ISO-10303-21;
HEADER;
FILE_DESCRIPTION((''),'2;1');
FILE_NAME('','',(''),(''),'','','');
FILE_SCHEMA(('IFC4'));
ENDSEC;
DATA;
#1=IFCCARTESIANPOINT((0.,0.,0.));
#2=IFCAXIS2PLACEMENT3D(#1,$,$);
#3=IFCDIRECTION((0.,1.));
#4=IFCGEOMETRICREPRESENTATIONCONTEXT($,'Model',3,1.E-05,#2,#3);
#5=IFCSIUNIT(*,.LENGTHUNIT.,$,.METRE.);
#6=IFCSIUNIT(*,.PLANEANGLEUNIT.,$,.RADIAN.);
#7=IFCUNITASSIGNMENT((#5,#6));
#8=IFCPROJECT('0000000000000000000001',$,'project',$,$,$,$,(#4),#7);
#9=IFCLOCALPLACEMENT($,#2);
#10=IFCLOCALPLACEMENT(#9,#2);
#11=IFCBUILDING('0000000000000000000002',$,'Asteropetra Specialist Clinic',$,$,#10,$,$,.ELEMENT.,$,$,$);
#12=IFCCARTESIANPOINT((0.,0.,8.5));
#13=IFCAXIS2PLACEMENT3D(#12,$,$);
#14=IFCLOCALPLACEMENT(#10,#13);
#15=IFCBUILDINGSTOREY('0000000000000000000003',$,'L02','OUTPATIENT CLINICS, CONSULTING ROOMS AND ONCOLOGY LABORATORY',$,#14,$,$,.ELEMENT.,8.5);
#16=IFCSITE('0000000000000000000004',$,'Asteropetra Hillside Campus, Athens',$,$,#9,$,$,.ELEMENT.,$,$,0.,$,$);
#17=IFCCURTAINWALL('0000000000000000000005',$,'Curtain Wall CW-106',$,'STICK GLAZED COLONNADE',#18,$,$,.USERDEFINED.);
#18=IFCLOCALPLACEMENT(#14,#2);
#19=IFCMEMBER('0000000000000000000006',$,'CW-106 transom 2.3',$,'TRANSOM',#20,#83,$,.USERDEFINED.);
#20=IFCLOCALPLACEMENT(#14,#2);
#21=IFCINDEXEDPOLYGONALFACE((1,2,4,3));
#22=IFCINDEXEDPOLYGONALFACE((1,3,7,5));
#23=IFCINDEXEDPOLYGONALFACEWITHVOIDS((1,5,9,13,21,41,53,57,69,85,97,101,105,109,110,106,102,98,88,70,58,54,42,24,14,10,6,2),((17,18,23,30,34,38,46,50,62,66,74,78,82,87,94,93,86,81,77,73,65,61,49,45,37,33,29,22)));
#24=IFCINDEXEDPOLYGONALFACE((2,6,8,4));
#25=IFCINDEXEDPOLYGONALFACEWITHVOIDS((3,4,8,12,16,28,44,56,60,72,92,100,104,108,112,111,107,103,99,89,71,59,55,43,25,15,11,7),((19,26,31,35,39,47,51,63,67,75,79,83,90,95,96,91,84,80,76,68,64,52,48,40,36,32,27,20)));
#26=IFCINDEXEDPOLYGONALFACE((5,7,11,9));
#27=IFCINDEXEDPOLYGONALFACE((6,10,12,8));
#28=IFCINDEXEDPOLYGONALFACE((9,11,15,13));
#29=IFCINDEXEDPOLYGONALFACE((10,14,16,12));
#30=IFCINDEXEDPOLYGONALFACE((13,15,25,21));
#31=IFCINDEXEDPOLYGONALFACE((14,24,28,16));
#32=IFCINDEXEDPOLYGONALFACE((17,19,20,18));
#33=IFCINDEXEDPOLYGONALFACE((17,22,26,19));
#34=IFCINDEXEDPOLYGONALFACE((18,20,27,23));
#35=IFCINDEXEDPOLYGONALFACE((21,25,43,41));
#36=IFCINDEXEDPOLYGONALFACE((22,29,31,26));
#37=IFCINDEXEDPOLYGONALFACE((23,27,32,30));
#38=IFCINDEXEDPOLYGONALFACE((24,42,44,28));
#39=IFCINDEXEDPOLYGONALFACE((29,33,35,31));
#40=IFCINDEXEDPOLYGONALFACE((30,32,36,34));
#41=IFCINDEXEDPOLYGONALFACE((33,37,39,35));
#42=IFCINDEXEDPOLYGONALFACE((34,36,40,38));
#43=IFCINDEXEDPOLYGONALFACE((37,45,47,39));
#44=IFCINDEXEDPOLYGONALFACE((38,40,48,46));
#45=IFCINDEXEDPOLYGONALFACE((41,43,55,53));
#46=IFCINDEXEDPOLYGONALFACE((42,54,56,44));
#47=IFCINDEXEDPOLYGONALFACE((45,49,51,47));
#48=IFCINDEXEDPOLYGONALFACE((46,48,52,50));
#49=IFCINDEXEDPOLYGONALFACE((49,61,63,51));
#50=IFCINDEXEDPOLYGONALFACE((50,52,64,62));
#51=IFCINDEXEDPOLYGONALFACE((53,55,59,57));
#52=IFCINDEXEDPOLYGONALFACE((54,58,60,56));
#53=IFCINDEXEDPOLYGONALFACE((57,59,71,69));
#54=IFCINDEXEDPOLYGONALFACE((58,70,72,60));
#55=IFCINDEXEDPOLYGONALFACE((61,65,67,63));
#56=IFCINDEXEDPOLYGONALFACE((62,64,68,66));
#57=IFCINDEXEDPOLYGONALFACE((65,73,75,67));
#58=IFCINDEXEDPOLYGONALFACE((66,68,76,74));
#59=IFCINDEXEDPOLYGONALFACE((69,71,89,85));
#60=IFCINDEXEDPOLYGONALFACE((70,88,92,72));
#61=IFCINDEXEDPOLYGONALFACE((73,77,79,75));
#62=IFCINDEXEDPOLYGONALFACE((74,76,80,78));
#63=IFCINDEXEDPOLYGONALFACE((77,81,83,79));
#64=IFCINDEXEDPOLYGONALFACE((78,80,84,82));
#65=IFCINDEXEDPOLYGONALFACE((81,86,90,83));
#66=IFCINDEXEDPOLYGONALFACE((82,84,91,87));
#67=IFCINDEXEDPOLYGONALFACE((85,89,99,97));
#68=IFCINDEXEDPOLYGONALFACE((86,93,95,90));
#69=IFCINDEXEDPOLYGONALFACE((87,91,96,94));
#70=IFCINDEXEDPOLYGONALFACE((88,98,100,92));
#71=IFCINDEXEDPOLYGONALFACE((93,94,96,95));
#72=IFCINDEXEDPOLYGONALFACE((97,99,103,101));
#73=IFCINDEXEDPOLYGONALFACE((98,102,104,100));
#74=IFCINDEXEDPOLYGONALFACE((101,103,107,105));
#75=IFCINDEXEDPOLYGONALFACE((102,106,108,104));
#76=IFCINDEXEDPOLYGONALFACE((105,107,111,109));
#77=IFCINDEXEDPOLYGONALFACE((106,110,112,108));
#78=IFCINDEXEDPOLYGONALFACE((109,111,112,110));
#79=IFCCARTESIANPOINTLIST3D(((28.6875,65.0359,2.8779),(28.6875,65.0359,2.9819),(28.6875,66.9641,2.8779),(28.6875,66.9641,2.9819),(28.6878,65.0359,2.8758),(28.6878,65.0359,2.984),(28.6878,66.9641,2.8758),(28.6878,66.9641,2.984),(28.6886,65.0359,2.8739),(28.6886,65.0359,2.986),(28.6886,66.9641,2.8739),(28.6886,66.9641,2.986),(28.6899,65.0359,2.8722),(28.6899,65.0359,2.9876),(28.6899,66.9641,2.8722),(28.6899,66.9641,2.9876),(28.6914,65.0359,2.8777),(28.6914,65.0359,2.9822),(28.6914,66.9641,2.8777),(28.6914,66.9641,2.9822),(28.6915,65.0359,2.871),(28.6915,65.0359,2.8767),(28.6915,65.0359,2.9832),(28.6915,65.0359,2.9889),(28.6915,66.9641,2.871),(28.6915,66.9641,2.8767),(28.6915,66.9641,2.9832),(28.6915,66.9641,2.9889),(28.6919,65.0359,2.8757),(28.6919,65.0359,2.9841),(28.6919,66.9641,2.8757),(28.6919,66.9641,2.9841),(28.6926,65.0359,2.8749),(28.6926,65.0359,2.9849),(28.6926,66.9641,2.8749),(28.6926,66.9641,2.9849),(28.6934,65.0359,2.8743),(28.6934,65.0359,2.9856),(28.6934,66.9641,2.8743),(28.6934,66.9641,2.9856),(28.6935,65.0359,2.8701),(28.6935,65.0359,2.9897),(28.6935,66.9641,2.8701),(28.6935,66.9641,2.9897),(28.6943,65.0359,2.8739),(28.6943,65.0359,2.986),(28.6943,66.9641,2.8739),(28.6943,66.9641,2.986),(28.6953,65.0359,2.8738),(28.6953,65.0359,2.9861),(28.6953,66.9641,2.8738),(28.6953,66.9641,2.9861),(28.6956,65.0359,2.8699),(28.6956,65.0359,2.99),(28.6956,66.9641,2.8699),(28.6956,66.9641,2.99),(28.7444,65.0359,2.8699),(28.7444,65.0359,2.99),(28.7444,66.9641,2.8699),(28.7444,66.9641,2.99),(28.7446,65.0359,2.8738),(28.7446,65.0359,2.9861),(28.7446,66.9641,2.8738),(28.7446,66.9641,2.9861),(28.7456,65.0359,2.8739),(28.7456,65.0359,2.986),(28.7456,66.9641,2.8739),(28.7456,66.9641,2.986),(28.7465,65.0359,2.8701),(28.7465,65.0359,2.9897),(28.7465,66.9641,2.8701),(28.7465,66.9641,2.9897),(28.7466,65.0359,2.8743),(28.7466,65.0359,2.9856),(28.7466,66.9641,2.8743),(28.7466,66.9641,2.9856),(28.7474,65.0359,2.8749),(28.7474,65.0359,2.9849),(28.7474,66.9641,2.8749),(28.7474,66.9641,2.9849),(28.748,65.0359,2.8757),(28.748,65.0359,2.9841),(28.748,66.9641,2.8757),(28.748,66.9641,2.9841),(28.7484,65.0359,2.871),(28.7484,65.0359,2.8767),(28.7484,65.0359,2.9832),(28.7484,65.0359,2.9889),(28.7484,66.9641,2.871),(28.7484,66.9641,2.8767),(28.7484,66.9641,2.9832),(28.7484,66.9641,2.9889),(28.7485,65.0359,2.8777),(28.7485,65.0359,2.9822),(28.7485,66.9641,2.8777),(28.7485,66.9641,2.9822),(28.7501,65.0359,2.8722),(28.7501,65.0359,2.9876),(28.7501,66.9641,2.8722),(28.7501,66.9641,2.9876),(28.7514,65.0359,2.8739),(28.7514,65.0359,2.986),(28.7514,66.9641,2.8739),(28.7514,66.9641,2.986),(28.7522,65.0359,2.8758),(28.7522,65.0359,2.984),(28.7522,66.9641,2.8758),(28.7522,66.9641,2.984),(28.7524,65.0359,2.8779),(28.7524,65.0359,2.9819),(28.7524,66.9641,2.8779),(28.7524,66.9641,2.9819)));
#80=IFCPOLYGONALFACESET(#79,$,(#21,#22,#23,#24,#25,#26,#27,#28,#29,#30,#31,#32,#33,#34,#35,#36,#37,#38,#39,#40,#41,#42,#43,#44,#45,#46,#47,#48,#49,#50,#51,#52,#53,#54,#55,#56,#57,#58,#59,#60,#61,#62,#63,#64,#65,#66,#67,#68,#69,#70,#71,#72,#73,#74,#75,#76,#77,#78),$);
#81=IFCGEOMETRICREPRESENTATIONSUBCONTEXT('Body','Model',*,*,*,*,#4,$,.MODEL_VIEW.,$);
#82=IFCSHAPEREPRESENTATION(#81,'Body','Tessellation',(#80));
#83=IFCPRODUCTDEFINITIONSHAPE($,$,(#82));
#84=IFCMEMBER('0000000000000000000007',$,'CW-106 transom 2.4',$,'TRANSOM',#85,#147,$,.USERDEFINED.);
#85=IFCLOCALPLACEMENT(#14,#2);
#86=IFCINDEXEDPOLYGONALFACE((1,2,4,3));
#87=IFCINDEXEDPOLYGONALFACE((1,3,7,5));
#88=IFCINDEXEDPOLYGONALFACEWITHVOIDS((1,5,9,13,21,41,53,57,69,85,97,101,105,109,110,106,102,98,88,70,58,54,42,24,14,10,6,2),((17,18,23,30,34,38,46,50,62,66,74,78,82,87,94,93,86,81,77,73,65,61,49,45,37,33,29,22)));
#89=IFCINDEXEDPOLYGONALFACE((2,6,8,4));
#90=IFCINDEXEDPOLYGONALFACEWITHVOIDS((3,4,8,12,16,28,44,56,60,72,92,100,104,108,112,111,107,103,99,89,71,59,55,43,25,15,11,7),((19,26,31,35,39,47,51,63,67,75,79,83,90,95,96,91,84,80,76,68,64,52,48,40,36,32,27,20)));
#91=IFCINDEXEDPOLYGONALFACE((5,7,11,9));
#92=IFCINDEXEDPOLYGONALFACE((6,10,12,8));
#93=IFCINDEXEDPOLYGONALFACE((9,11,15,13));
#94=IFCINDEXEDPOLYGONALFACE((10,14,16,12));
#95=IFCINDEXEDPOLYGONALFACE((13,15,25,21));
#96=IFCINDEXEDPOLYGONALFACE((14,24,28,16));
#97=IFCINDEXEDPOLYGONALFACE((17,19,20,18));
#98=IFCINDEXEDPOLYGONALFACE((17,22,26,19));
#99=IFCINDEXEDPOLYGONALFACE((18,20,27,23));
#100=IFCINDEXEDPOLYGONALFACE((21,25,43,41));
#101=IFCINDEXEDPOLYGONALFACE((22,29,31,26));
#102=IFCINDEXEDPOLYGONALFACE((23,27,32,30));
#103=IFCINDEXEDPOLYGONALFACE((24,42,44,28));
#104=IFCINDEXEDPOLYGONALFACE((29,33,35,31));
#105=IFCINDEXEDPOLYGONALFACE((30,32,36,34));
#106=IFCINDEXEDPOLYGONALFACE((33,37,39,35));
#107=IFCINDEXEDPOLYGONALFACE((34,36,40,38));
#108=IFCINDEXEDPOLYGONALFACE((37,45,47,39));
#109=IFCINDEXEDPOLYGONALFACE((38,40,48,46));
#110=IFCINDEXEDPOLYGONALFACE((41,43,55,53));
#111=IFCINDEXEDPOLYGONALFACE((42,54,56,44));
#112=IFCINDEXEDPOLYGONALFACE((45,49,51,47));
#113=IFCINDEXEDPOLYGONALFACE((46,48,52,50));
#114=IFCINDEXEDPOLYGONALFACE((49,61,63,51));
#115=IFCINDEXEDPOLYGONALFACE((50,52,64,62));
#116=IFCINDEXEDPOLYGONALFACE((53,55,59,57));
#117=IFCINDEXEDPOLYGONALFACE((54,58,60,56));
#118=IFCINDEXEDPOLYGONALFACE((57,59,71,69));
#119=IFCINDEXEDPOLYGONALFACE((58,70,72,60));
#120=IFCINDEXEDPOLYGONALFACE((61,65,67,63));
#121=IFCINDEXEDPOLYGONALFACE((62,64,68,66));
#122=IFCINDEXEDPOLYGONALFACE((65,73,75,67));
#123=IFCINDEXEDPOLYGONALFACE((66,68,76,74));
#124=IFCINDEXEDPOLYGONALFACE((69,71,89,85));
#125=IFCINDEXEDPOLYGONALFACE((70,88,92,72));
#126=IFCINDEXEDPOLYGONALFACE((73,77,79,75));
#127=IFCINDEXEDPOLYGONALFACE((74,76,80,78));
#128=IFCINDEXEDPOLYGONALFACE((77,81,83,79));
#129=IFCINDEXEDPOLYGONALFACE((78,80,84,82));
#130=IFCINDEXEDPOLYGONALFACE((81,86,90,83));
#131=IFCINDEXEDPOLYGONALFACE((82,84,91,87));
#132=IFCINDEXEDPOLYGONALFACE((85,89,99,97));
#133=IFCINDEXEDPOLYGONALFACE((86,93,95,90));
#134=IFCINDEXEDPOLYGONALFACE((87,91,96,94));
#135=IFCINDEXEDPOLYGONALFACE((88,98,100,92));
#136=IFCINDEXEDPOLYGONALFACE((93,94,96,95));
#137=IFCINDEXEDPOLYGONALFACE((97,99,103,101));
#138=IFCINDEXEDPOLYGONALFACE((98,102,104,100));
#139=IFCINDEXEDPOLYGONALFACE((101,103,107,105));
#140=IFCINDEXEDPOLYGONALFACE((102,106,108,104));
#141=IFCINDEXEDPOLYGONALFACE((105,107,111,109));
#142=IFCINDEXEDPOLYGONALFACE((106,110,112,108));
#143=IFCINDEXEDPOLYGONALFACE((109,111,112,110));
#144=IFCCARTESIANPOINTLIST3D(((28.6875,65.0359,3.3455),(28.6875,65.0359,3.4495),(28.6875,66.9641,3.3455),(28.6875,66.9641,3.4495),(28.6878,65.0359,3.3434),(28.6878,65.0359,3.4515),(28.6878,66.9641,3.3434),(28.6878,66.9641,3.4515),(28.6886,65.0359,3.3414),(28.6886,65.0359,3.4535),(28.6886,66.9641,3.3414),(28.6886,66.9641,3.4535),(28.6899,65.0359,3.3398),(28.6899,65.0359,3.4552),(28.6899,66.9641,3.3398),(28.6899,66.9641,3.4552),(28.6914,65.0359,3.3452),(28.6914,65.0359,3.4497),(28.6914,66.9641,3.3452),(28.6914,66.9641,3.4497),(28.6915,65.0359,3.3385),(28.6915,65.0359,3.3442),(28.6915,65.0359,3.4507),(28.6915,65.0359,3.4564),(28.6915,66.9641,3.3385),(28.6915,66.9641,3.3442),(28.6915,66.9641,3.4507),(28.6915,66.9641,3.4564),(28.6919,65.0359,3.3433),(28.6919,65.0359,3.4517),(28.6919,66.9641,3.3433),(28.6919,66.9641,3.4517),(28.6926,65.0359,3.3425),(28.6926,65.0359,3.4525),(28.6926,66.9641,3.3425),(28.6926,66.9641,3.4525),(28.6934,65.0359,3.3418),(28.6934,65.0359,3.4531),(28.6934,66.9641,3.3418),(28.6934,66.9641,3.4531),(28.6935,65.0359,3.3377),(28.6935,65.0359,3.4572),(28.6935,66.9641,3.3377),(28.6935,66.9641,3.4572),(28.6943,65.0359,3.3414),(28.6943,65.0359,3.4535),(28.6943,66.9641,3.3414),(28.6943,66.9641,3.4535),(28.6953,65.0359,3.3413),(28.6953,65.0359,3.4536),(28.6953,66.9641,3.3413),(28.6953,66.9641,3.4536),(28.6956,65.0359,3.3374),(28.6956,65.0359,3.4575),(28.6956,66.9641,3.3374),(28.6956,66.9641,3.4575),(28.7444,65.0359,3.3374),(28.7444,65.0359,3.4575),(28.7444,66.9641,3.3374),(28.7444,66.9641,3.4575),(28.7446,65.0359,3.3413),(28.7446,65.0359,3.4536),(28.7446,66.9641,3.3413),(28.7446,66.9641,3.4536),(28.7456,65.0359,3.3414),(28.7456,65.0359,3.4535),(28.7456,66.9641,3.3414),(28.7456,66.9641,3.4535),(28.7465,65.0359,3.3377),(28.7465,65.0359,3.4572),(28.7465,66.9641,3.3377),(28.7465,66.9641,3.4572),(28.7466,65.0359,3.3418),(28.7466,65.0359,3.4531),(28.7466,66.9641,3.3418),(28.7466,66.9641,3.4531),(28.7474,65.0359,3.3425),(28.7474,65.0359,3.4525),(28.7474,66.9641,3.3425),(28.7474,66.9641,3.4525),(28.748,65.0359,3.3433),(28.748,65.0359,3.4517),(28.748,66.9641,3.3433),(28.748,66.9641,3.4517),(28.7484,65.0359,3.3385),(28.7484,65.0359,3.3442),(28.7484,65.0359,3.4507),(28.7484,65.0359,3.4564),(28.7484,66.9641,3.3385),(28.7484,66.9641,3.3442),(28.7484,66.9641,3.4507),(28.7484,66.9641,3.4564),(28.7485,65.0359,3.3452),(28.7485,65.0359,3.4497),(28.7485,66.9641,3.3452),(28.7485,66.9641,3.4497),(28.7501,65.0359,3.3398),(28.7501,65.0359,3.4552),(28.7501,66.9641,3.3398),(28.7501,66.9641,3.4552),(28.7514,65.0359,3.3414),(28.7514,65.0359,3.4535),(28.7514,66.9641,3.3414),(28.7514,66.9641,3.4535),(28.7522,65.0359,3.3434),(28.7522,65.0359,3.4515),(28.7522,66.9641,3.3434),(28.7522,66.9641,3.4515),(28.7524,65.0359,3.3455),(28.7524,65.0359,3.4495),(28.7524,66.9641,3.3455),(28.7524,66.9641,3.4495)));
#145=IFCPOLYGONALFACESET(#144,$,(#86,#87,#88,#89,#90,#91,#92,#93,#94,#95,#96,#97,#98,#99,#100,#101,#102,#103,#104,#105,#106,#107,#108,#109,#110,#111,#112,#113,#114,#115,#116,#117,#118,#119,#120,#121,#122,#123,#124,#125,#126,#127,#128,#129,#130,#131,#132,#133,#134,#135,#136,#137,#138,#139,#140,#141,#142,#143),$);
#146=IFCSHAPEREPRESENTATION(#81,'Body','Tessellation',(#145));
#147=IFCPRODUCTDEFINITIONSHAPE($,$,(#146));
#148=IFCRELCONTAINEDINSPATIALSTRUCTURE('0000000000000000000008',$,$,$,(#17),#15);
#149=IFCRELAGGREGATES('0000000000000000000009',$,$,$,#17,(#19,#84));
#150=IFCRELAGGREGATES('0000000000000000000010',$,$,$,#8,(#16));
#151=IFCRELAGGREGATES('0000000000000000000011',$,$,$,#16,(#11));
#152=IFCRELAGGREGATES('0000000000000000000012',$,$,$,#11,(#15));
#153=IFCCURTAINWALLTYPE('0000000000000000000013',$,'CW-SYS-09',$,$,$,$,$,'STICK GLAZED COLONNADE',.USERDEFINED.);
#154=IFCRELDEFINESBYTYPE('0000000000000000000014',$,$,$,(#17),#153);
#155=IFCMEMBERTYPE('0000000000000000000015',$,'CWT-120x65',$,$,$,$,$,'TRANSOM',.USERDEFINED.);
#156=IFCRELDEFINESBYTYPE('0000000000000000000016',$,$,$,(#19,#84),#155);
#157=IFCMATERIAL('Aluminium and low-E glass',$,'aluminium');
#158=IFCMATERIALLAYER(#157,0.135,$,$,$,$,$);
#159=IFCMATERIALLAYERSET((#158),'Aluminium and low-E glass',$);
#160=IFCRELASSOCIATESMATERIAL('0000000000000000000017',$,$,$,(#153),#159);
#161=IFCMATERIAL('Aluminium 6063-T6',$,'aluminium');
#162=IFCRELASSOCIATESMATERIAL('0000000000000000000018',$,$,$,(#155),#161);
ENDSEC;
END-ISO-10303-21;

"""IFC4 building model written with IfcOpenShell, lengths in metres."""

from ifc_helpers import new_model, si_unit, direction, frame, origin, origin_2d, place, context, subcontext, project, spatial, hollow_rectangle, extrude, material, layer, layer_set, material_profile, profile_set, type_object, element, aggregate, save


model = new_model("IFC4")

# Units and contexts
model_context = context("Model", 3, precision=1e-05, world=origin(), true_north=direction((0.0, 1.0)))
body_context = subcontext(model_context, "Body", "Model", "MODEL_VIEW")
ifc_project = project(units=[si_unit("LENGTHUNIT", "METRE"), si_unit("PLANEANGLEUNIT", "RADIAN")], contexts=[model_context])

# Site, building, storey
site_placement = place(None, origin())
site = spatial("IfcSite", under=ifc_project, at=site_placement, Name="Asteropetra Hillside Campus, Athens", CompositionType="ELEMENT", RefElevation=0.0)
building_placement = place(site_placement, origin())
building = spatial("IfcBuilding", under=site, at=building_placement, Name="Asteropetra Specialist Clinic", CompositionType="ELEMENT")
storey_placement = place(building_placement, frame((0.0, 0.0, 8.5)))
storey = spatial("IfcBuildingStorey", under=building, at=storey_placement, Name="L02", Description="OUTPATIENT CLINICS, CONSULTING ROOMS AND ONCOLOGY LABORATORY", CompositionType="ELEMENT", Elevation=8.5)

# Curtain wall, members
ifc_material_1 = material(Name="Aluminium and low-E glass", Category="aluminium")
ifc_layer_1 = layer(ifc_material_1, 0.135)
ifc_layer_set_1 = layer_set([ifc_layer_1], Name="Aluminium and low-E glass")
curtain_wall_type = type_object("IfcCurtainWallType", Name="CW-SYS-09", ElementType="STICK GLAZED COLONNADE", PredefinedType="USERDEFINED", material=ifc_layer_set_1)
curtain_wall_placement = place(storey_placement, origin())
curtain_wall = element("IfcCurtainWall", 1, at=curtain_wall_placement, inside=storey, type_object=curtain_wall_type, Name="Curtain Wall CW-106", ObjectType="STICK GLAZED COLONNADE", PredefinedType="USERDEFINED")
ifc_material_2 = material(Name="Aluminium 6063-T6", Category="aluminium")
ifc_material_profile_1 = material_profile(ifc_material_2, hollow_rectangle(XDim=0.0649, YDim=0.1201, WallThickness=0.0039, InnerFilletRadius=0.0039, OuterFilletRadius=0.0081, at=origin_2d()), Name="TRN 120x65x4.0")
ifc_profile_set_1 = profile_set([ifc_material_profile_1], Name="Aluminium 6063-T6")
member_type_1 = type_object("IfcMemberType", Name="CWT-120x65", ElementType="TRANSOM", PredefinedType="USERDEFINED", material=ifc_profile_set_1)
member_1_placement = place(storey_placement, frame((28.72, 66.9641, 2.9299), z_axis=(0.0, -1.0, 0.0), x_axis=(1.0, 0.0, 0.0)))
member_1 = element("IfcMember", 2, at=member_1_placement, type_object=member_type_1, Name="CW-106 transom 2.3", ObjectType="TRANSOM", PredefinedType="USERDEFINED", context=body_context, shape_type="SweptSolid", body=[
    extrude(hollow_rectangle(XDim=0.0649, YDim=0.1201, WallThickness=0.0039, InnerFilletRadius=0.0039, OuterFilletRadius=0.0081, at=origin_2d()), origin(), (0.0, 0.0, 1.0), 1.9282),
])
member_2_placement = place(storey_placement, frame((28.72, 66.9641, 3.3975), z_axis=(0.0, -1.0, 0.0), x_axis=(1.0, 0.0, 0.0)))
member_2 = element("IfcMember", 3, at=member_2_placement, type_object=member_type_1, Name="CW-106 transom 2.4", ObjectType="TRANSOM", PredefinedType="USERDEFINED", context=body_context, shape_type="SweptSolid", body=[
    extrude(hollow_rectangle(XDim=0.0649, YDim=0.1201, WallThickness=0.0039, InnerFilletRadius=0.0039, OuterFilletRadius=0.0081, at=origin_2d()), origin(), (0.0, 0.0, 1.0), 1.9282),
])

aggregate(curtain_wall, [member_1, member_2])

save(model, "model.ifc")
